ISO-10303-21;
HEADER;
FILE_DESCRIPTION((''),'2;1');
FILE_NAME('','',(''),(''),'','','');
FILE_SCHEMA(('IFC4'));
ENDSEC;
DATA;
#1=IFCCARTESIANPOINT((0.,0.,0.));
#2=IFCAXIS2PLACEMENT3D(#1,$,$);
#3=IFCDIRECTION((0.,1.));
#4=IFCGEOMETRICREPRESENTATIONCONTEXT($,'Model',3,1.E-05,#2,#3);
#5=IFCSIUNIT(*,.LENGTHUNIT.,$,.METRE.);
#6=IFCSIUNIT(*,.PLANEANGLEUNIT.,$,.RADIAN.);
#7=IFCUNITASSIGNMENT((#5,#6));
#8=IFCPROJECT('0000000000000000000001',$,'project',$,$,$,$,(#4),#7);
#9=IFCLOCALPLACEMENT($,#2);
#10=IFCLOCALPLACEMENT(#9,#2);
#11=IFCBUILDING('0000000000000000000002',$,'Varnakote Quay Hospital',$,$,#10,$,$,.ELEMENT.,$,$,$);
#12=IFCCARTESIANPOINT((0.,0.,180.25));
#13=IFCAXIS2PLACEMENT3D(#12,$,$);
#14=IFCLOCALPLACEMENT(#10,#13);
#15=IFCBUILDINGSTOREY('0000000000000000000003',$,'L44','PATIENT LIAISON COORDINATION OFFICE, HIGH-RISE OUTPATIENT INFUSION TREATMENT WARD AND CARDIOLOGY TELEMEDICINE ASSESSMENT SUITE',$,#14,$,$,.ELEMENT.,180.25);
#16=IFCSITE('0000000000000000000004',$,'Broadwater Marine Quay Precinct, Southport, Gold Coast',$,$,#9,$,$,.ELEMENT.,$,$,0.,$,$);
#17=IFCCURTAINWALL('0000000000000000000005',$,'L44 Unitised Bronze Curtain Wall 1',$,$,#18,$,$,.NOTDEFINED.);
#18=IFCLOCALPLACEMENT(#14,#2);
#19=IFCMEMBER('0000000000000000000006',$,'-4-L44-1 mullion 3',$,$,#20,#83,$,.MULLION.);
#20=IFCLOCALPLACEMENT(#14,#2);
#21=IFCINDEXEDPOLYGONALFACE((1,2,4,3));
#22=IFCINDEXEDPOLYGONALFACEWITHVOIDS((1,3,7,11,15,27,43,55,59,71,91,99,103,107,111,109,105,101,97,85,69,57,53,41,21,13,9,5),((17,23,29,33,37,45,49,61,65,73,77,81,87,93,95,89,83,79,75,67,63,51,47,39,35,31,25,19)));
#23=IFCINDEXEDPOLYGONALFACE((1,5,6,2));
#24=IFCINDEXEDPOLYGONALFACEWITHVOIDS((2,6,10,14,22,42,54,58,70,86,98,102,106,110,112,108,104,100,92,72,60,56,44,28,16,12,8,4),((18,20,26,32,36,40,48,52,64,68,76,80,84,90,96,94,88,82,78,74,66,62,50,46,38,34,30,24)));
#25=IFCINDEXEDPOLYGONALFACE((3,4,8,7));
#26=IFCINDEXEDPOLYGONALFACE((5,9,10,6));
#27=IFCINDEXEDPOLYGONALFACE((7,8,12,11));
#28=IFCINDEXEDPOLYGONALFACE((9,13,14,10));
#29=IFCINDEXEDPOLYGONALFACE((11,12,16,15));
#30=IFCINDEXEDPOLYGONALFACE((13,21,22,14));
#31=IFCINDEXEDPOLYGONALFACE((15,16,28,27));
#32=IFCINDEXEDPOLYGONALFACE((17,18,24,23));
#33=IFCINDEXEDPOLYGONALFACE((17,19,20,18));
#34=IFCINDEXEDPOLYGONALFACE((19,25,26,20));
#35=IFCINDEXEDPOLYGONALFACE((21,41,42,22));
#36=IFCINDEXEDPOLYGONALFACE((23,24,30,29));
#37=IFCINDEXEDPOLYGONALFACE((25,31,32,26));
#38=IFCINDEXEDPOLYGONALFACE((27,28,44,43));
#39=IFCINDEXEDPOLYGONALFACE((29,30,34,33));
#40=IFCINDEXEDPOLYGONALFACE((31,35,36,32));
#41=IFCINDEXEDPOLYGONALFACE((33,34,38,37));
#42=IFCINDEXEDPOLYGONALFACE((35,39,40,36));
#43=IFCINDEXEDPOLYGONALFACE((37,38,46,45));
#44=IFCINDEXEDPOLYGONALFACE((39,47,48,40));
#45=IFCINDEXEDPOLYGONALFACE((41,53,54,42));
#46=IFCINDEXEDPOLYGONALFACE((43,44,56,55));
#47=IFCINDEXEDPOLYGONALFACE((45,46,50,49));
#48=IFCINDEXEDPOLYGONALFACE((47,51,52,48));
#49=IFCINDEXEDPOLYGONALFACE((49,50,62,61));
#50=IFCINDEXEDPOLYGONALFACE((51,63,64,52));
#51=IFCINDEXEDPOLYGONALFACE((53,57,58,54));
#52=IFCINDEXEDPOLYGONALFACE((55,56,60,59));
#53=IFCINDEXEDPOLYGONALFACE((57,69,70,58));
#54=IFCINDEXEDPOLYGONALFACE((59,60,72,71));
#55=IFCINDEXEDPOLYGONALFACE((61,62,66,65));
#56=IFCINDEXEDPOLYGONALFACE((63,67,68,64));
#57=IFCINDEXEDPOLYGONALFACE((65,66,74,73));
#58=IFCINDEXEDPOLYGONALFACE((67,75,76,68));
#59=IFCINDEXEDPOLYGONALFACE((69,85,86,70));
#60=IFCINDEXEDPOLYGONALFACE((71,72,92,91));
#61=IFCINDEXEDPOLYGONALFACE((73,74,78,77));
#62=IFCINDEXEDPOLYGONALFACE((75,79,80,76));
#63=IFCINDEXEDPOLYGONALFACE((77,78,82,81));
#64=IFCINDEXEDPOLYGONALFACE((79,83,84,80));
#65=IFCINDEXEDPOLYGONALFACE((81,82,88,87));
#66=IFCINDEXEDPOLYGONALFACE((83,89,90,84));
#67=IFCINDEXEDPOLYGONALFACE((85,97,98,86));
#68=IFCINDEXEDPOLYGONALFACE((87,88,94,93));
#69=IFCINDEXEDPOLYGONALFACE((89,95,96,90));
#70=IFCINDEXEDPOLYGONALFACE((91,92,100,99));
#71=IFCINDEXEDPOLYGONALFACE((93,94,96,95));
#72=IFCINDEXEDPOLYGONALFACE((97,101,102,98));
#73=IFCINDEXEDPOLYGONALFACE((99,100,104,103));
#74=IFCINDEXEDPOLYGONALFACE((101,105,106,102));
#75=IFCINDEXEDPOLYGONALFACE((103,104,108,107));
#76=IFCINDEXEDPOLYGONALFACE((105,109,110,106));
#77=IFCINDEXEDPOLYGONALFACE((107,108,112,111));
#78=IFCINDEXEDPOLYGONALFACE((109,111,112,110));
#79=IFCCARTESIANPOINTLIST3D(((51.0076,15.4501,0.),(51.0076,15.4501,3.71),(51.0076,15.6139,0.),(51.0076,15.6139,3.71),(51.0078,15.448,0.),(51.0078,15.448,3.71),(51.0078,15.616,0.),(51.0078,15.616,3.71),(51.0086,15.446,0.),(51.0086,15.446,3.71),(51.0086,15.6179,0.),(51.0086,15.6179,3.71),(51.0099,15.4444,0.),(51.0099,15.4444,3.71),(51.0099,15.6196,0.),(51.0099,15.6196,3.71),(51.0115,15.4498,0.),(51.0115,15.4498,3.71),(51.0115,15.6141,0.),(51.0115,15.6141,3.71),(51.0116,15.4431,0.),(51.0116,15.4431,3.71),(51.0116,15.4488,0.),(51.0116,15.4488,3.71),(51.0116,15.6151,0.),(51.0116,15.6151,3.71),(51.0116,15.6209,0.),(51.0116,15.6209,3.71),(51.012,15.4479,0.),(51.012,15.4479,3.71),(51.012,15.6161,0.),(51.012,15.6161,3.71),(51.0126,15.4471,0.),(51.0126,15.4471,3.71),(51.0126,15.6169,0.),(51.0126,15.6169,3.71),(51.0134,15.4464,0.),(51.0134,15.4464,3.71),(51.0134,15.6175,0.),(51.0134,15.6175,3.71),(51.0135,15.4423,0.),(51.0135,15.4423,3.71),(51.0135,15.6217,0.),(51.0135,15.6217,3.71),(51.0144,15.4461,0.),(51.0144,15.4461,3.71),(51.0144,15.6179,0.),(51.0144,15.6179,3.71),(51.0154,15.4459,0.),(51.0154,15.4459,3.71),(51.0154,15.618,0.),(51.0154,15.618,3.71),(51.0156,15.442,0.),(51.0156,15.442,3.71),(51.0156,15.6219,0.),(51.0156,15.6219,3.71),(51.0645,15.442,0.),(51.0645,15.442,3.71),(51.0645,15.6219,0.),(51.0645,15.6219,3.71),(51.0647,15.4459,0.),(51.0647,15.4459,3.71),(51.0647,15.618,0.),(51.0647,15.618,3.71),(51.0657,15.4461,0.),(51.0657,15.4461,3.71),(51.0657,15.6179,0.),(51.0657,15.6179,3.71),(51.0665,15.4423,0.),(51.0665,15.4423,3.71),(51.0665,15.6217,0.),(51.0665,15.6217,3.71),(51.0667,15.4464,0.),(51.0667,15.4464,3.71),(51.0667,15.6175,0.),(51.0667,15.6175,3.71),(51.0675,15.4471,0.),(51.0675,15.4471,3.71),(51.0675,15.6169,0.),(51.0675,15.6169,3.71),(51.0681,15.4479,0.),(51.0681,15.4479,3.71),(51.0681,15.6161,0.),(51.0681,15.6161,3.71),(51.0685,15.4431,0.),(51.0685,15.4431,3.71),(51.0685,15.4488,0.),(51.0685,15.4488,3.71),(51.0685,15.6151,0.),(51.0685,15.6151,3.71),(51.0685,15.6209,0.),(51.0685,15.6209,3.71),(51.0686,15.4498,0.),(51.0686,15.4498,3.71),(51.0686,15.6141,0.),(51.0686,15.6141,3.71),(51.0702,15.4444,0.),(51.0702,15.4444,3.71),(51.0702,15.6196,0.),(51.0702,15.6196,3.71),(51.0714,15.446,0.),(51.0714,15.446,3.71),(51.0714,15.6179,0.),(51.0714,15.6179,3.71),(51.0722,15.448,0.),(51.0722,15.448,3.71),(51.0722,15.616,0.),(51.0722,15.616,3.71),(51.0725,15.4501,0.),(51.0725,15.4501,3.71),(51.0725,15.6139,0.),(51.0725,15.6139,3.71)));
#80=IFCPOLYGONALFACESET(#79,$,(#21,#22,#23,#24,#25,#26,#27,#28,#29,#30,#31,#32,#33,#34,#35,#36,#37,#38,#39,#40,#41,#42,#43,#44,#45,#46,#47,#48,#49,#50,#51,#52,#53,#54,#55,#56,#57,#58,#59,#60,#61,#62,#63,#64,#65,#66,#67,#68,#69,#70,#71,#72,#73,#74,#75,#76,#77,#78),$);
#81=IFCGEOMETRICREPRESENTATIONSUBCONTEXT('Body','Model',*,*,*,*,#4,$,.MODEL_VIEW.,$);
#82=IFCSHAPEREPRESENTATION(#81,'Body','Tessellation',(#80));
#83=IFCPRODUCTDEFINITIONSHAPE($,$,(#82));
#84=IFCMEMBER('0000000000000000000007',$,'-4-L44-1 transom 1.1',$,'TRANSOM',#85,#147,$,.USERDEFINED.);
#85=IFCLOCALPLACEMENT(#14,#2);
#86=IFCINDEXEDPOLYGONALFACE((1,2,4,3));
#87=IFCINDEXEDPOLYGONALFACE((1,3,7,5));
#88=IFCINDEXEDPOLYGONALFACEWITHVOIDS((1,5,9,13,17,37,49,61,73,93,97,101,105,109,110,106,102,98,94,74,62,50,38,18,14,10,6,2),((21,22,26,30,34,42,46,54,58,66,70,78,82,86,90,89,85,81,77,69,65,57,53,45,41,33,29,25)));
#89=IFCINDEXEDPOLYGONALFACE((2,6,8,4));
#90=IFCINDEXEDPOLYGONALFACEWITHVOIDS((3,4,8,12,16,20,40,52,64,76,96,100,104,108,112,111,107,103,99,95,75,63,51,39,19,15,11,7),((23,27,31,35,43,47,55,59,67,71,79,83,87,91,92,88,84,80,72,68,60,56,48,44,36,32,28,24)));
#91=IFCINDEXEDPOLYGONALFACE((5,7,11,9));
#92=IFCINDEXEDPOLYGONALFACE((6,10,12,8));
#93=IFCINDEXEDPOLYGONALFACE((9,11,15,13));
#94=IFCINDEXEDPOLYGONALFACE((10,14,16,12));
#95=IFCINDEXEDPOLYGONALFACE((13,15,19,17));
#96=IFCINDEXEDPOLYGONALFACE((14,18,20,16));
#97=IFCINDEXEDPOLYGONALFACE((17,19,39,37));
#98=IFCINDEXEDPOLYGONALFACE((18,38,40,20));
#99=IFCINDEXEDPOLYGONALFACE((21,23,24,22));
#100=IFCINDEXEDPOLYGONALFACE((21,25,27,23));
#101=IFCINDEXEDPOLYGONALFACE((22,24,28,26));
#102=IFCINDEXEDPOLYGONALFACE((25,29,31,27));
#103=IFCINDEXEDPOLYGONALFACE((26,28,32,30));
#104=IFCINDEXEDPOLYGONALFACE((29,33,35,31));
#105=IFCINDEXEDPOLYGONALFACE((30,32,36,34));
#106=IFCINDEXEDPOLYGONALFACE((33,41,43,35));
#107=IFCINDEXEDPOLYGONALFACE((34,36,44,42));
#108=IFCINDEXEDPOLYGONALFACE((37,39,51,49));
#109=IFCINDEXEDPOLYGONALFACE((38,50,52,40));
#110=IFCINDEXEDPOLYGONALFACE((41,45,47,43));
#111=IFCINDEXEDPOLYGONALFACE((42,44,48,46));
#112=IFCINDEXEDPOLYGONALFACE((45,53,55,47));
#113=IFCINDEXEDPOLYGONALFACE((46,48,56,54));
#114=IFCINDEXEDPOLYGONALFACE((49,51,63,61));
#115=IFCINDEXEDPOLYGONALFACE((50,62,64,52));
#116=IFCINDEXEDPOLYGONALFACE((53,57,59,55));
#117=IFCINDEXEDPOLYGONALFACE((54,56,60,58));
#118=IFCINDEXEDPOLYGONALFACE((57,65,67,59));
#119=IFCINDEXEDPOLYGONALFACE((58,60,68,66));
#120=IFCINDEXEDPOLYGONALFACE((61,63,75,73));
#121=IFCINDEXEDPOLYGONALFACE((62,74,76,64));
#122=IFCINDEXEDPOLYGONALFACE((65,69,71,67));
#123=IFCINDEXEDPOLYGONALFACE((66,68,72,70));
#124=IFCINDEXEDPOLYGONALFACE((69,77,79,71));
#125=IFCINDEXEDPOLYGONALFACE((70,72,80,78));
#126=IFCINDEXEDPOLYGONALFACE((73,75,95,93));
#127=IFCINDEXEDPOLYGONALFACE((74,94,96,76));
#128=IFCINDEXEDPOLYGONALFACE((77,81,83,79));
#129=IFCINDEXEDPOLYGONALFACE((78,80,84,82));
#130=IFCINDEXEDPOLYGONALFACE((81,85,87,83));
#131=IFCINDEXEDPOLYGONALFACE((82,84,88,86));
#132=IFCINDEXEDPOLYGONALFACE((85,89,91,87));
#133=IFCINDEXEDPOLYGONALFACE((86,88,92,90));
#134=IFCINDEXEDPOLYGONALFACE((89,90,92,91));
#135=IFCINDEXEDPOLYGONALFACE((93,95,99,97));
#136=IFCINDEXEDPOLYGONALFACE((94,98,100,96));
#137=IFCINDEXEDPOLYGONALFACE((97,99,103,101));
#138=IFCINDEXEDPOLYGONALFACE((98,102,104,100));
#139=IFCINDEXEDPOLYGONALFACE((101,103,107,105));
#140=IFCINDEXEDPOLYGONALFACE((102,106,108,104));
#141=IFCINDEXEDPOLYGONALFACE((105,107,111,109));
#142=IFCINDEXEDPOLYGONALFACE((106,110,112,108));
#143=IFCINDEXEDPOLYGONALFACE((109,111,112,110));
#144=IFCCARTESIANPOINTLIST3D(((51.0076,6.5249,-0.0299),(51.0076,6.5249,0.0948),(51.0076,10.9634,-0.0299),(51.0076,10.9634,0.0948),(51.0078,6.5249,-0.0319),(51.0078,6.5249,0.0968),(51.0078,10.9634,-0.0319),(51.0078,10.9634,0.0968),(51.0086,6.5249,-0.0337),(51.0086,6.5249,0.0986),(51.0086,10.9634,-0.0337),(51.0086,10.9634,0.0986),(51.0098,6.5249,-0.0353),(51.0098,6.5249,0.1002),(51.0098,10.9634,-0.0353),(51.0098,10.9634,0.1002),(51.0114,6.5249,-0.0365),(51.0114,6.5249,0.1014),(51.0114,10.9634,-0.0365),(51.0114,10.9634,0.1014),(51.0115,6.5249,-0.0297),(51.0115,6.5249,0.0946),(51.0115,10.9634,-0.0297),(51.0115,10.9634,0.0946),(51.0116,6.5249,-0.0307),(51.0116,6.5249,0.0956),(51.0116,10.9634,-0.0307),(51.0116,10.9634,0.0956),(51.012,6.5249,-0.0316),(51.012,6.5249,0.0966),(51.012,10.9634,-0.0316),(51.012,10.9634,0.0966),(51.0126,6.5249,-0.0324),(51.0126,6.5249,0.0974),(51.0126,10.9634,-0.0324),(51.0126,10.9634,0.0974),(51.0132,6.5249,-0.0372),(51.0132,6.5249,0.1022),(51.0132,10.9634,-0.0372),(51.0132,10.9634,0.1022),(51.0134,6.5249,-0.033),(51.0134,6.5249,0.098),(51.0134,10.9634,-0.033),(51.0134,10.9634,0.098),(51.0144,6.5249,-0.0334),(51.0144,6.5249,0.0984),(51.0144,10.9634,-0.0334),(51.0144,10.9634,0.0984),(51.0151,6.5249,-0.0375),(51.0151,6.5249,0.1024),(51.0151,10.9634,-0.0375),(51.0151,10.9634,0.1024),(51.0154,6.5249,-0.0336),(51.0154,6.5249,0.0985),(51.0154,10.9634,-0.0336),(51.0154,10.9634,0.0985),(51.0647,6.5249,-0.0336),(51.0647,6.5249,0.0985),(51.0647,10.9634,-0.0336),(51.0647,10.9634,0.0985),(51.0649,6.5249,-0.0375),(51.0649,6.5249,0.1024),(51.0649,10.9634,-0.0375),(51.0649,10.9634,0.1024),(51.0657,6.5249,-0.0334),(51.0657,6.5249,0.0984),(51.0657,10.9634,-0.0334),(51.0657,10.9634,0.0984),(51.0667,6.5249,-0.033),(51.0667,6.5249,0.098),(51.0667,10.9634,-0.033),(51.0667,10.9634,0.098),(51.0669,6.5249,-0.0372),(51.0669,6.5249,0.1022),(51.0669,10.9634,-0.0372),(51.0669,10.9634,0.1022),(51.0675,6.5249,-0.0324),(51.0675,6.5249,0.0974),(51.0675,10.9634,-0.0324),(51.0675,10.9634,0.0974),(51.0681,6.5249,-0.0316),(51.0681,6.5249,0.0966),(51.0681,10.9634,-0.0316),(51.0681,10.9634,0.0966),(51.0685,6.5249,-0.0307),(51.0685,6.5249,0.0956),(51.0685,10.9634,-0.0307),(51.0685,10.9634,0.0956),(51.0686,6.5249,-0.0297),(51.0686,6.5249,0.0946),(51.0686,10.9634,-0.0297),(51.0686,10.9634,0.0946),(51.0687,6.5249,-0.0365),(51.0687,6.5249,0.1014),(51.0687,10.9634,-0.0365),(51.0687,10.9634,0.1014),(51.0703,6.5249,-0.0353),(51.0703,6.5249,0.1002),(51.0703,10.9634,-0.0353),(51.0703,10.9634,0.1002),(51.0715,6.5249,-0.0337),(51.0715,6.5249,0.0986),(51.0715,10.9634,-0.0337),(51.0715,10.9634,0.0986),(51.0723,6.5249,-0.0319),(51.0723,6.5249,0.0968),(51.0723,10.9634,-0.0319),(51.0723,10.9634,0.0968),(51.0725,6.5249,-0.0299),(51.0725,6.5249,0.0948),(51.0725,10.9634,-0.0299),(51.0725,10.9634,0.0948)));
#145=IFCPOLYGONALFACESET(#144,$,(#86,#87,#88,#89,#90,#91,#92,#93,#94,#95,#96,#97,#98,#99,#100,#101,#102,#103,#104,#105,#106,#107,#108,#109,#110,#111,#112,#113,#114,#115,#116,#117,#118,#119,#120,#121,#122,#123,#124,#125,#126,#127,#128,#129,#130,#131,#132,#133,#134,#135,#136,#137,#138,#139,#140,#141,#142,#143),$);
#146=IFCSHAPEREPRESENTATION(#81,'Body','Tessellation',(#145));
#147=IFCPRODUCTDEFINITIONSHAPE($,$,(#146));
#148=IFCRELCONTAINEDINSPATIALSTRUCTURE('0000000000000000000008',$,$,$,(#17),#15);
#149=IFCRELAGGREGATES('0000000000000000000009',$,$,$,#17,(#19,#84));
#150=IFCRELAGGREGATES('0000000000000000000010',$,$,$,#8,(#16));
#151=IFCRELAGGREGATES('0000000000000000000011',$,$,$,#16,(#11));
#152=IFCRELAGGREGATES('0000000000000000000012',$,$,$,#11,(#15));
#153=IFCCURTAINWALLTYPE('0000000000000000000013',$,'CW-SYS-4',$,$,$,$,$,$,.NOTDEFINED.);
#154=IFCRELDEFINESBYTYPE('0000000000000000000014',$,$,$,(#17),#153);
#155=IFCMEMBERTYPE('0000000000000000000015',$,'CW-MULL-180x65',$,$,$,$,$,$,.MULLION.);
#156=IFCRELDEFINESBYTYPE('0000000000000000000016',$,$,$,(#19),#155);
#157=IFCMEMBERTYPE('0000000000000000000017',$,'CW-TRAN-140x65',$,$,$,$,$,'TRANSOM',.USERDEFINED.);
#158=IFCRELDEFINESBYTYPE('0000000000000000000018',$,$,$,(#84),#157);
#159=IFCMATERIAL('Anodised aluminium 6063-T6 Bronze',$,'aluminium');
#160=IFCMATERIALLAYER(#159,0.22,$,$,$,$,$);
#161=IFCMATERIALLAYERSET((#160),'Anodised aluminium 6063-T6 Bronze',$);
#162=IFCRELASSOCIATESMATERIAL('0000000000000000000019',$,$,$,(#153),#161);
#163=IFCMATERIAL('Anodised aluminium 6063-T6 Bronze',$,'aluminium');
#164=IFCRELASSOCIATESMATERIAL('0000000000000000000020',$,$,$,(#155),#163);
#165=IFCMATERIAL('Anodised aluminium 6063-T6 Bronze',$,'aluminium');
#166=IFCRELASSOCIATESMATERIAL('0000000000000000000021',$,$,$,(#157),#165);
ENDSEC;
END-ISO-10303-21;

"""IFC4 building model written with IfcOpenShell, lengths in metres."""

from ifc_helpers import new_model, si_unit, direction, frame, origin, origin_2d, place, context, subcontext, project, spatial, hollow_rectangle, extrude, material, layer, layer_set, material_profile, profile_set, type_object, element, aggregate, save


model = new_model("IFC4")

# Units and contexts
model_context = context("Model", 3, precision=1e-05, world=origin(), true_north=direction((0.0, 1.0)))
body_context = subcontext(model_context, "Body", "Model", "MODEL_VIEW")
ifc_project = project(units=[si_unit("LENGTHUNIT", "METRE"), si_unit("PLANEANGLEUNIT", "RADIAN")], contexts=[model_context])

# Site, building, storey
site_placement = place(None, origin())
site = spatial("IfcSite", under=ifc_project, at=site_placement, Name="Broadwater Marine Quay Precinct, Southport, Gold Coast", CompositionType="ELEMENT", RefElevation=0.0)
building_placement = place(site_placement, origin())
building = spatial("IfcBuilding", under=site, at=building_placement, Name="Varnakote Quay Hospital", CompositionType="ELEMENT")
storey_placement = place(building_placement, frame((0.0, 0.0, 180.25)))
storey = spatial("IfcBuildingStorey", under=building, at=storey_placement, Name="L44", Description="PATIENT LIAISON COORDINATION OFFICE, HIGH-RISE OUTPATIENT INFUSION TREATMENT WARD AND CARDIOLOGY TELEMEDICINE ASSESSMENT SUITE", CompositionType="ELEMENT", Elevation=180.25)

# Curtain wall, members
ifc_material_1 = material(Name="Anodised aluminium 6063-T6 Bronze", Category="aluminium")
ifc_layer_1 = layer(ifc_material_1, 0.22)
ifc_layer_set_1 = layer_set([ifc_layer_1], Name="Anodised aluminium 6063-T6 Bronze")
curtain_wall_type = type_object("IfcCurtainWallType", Name="CW-SYS-4", PredefinedType="NOTDEFINED", material=ifc_layer_set_1)
curtain_wall_placement = place(storey_placement, origin())
curtain_wall = element("IfcCurtainWall", 1, at=curtain_wall_placement, inside=storey, type_object=curtain_wall_type, Name="L44 Unitised Bronze Curtain Wall 1", PredefinedType="NOTDEFINED")
ifc_material_2 = material(Name="Anodised aluminium 6063-T6 Bronze", Category="aluminium")
ifc_material_profile_1 = material_profile(ifc_material_2, hollow_rectangle(XDim=0.0649, YDim=0.1799, WallThickness=0.0039, InnerFilletRadius=0.0039, OuterFilletRadius=0.0081, at=origin_2d()), Name="CW-MULL-180x65")
ifc_profile_set_1 = profile_set([ifc_material_profile_1], Name="Anodised aluminium 6063-T6 Bronze")
member_type_1 = type_object("IfcMemberType", Name="CW-MULL-180x65", PredefinedType="MULLION", material=ifc_profile_set_1)
member_1_placement = place(storey_placement, frame((51.04, 15.532, 0.0), z_axis=(0.0, 0.0, 1.0), x_axis=(-1.0, 0.0, 0.0)))
member_1 = element("IfcMember", 2, at=member_1_placement, type_object=member_type_1, Name="-4-L44-1 mullion 3", PredefinedType="MULLION", context=body_context, shape_type="SweptSolid", body=[
    extrude(hollow_rectangle(XDim=0.0649, YDim=0.1799, WallThickness=0.0039, InnerFilletRadius=0.0039, OuterFilletRadius=0.0081, at=origin_2d()), origin(), (0.0, 0.0, 1.0), 3.71),
])
ifc_material_3 = material(Name="Anodised aluminium 6063-T6 Bronze", Category="aluminium")
ifc_material_profile_2 = material_profile(ifc_material_3, hollow_rectangle(XDim=0.0649, YDim=0.1399, WallThickness=0.0039, InnerFilletRadius=0.0039, OuterFilletRadius=0.0076, at=origin_2d()), Name="CW-TRAN-140x65")
ifc_profile_set_2 = profile_set([ifc_material_profile_2], Name="Anodised aluminium 6063-T6 Bronze")
member_type_2 = type_object("IfcMemberType", Name="CW-TRAN-140x65", ElementType="TRANSOM", PredefinedType="USERDEFINED", material=ifc_profile_set_2)
member_2_placement = place(storey_placement, frame((51.04, 6.5249, 0.0325), z_axis=(0.0, 1.0, 0.0), x_axis=(-1.0, 0.0, 0.0)))
member_2 = element("IfcMember", 3, at=member_2_placement, type_object=member_type_2, Name="-4-L44-1 transom 1.1", ObjectType="TRANSOM", PredefinedType="USERDEFINED", context=body_context, shape_type="SweptSolid", body=[
    extrude(hollow_rectangle(XDim=0.0649, YDim=0.1399, WallThickness=0.0039, InnerFilletRadius=0.0039, OuterFilletRadius=0.0076, at=origin_2d()), origin(), (0.0, 0.0, 1.0), 4.4385),
])

aggregate(curtain_wall, [member_1, member_2])

save(model, "model.ifc")
